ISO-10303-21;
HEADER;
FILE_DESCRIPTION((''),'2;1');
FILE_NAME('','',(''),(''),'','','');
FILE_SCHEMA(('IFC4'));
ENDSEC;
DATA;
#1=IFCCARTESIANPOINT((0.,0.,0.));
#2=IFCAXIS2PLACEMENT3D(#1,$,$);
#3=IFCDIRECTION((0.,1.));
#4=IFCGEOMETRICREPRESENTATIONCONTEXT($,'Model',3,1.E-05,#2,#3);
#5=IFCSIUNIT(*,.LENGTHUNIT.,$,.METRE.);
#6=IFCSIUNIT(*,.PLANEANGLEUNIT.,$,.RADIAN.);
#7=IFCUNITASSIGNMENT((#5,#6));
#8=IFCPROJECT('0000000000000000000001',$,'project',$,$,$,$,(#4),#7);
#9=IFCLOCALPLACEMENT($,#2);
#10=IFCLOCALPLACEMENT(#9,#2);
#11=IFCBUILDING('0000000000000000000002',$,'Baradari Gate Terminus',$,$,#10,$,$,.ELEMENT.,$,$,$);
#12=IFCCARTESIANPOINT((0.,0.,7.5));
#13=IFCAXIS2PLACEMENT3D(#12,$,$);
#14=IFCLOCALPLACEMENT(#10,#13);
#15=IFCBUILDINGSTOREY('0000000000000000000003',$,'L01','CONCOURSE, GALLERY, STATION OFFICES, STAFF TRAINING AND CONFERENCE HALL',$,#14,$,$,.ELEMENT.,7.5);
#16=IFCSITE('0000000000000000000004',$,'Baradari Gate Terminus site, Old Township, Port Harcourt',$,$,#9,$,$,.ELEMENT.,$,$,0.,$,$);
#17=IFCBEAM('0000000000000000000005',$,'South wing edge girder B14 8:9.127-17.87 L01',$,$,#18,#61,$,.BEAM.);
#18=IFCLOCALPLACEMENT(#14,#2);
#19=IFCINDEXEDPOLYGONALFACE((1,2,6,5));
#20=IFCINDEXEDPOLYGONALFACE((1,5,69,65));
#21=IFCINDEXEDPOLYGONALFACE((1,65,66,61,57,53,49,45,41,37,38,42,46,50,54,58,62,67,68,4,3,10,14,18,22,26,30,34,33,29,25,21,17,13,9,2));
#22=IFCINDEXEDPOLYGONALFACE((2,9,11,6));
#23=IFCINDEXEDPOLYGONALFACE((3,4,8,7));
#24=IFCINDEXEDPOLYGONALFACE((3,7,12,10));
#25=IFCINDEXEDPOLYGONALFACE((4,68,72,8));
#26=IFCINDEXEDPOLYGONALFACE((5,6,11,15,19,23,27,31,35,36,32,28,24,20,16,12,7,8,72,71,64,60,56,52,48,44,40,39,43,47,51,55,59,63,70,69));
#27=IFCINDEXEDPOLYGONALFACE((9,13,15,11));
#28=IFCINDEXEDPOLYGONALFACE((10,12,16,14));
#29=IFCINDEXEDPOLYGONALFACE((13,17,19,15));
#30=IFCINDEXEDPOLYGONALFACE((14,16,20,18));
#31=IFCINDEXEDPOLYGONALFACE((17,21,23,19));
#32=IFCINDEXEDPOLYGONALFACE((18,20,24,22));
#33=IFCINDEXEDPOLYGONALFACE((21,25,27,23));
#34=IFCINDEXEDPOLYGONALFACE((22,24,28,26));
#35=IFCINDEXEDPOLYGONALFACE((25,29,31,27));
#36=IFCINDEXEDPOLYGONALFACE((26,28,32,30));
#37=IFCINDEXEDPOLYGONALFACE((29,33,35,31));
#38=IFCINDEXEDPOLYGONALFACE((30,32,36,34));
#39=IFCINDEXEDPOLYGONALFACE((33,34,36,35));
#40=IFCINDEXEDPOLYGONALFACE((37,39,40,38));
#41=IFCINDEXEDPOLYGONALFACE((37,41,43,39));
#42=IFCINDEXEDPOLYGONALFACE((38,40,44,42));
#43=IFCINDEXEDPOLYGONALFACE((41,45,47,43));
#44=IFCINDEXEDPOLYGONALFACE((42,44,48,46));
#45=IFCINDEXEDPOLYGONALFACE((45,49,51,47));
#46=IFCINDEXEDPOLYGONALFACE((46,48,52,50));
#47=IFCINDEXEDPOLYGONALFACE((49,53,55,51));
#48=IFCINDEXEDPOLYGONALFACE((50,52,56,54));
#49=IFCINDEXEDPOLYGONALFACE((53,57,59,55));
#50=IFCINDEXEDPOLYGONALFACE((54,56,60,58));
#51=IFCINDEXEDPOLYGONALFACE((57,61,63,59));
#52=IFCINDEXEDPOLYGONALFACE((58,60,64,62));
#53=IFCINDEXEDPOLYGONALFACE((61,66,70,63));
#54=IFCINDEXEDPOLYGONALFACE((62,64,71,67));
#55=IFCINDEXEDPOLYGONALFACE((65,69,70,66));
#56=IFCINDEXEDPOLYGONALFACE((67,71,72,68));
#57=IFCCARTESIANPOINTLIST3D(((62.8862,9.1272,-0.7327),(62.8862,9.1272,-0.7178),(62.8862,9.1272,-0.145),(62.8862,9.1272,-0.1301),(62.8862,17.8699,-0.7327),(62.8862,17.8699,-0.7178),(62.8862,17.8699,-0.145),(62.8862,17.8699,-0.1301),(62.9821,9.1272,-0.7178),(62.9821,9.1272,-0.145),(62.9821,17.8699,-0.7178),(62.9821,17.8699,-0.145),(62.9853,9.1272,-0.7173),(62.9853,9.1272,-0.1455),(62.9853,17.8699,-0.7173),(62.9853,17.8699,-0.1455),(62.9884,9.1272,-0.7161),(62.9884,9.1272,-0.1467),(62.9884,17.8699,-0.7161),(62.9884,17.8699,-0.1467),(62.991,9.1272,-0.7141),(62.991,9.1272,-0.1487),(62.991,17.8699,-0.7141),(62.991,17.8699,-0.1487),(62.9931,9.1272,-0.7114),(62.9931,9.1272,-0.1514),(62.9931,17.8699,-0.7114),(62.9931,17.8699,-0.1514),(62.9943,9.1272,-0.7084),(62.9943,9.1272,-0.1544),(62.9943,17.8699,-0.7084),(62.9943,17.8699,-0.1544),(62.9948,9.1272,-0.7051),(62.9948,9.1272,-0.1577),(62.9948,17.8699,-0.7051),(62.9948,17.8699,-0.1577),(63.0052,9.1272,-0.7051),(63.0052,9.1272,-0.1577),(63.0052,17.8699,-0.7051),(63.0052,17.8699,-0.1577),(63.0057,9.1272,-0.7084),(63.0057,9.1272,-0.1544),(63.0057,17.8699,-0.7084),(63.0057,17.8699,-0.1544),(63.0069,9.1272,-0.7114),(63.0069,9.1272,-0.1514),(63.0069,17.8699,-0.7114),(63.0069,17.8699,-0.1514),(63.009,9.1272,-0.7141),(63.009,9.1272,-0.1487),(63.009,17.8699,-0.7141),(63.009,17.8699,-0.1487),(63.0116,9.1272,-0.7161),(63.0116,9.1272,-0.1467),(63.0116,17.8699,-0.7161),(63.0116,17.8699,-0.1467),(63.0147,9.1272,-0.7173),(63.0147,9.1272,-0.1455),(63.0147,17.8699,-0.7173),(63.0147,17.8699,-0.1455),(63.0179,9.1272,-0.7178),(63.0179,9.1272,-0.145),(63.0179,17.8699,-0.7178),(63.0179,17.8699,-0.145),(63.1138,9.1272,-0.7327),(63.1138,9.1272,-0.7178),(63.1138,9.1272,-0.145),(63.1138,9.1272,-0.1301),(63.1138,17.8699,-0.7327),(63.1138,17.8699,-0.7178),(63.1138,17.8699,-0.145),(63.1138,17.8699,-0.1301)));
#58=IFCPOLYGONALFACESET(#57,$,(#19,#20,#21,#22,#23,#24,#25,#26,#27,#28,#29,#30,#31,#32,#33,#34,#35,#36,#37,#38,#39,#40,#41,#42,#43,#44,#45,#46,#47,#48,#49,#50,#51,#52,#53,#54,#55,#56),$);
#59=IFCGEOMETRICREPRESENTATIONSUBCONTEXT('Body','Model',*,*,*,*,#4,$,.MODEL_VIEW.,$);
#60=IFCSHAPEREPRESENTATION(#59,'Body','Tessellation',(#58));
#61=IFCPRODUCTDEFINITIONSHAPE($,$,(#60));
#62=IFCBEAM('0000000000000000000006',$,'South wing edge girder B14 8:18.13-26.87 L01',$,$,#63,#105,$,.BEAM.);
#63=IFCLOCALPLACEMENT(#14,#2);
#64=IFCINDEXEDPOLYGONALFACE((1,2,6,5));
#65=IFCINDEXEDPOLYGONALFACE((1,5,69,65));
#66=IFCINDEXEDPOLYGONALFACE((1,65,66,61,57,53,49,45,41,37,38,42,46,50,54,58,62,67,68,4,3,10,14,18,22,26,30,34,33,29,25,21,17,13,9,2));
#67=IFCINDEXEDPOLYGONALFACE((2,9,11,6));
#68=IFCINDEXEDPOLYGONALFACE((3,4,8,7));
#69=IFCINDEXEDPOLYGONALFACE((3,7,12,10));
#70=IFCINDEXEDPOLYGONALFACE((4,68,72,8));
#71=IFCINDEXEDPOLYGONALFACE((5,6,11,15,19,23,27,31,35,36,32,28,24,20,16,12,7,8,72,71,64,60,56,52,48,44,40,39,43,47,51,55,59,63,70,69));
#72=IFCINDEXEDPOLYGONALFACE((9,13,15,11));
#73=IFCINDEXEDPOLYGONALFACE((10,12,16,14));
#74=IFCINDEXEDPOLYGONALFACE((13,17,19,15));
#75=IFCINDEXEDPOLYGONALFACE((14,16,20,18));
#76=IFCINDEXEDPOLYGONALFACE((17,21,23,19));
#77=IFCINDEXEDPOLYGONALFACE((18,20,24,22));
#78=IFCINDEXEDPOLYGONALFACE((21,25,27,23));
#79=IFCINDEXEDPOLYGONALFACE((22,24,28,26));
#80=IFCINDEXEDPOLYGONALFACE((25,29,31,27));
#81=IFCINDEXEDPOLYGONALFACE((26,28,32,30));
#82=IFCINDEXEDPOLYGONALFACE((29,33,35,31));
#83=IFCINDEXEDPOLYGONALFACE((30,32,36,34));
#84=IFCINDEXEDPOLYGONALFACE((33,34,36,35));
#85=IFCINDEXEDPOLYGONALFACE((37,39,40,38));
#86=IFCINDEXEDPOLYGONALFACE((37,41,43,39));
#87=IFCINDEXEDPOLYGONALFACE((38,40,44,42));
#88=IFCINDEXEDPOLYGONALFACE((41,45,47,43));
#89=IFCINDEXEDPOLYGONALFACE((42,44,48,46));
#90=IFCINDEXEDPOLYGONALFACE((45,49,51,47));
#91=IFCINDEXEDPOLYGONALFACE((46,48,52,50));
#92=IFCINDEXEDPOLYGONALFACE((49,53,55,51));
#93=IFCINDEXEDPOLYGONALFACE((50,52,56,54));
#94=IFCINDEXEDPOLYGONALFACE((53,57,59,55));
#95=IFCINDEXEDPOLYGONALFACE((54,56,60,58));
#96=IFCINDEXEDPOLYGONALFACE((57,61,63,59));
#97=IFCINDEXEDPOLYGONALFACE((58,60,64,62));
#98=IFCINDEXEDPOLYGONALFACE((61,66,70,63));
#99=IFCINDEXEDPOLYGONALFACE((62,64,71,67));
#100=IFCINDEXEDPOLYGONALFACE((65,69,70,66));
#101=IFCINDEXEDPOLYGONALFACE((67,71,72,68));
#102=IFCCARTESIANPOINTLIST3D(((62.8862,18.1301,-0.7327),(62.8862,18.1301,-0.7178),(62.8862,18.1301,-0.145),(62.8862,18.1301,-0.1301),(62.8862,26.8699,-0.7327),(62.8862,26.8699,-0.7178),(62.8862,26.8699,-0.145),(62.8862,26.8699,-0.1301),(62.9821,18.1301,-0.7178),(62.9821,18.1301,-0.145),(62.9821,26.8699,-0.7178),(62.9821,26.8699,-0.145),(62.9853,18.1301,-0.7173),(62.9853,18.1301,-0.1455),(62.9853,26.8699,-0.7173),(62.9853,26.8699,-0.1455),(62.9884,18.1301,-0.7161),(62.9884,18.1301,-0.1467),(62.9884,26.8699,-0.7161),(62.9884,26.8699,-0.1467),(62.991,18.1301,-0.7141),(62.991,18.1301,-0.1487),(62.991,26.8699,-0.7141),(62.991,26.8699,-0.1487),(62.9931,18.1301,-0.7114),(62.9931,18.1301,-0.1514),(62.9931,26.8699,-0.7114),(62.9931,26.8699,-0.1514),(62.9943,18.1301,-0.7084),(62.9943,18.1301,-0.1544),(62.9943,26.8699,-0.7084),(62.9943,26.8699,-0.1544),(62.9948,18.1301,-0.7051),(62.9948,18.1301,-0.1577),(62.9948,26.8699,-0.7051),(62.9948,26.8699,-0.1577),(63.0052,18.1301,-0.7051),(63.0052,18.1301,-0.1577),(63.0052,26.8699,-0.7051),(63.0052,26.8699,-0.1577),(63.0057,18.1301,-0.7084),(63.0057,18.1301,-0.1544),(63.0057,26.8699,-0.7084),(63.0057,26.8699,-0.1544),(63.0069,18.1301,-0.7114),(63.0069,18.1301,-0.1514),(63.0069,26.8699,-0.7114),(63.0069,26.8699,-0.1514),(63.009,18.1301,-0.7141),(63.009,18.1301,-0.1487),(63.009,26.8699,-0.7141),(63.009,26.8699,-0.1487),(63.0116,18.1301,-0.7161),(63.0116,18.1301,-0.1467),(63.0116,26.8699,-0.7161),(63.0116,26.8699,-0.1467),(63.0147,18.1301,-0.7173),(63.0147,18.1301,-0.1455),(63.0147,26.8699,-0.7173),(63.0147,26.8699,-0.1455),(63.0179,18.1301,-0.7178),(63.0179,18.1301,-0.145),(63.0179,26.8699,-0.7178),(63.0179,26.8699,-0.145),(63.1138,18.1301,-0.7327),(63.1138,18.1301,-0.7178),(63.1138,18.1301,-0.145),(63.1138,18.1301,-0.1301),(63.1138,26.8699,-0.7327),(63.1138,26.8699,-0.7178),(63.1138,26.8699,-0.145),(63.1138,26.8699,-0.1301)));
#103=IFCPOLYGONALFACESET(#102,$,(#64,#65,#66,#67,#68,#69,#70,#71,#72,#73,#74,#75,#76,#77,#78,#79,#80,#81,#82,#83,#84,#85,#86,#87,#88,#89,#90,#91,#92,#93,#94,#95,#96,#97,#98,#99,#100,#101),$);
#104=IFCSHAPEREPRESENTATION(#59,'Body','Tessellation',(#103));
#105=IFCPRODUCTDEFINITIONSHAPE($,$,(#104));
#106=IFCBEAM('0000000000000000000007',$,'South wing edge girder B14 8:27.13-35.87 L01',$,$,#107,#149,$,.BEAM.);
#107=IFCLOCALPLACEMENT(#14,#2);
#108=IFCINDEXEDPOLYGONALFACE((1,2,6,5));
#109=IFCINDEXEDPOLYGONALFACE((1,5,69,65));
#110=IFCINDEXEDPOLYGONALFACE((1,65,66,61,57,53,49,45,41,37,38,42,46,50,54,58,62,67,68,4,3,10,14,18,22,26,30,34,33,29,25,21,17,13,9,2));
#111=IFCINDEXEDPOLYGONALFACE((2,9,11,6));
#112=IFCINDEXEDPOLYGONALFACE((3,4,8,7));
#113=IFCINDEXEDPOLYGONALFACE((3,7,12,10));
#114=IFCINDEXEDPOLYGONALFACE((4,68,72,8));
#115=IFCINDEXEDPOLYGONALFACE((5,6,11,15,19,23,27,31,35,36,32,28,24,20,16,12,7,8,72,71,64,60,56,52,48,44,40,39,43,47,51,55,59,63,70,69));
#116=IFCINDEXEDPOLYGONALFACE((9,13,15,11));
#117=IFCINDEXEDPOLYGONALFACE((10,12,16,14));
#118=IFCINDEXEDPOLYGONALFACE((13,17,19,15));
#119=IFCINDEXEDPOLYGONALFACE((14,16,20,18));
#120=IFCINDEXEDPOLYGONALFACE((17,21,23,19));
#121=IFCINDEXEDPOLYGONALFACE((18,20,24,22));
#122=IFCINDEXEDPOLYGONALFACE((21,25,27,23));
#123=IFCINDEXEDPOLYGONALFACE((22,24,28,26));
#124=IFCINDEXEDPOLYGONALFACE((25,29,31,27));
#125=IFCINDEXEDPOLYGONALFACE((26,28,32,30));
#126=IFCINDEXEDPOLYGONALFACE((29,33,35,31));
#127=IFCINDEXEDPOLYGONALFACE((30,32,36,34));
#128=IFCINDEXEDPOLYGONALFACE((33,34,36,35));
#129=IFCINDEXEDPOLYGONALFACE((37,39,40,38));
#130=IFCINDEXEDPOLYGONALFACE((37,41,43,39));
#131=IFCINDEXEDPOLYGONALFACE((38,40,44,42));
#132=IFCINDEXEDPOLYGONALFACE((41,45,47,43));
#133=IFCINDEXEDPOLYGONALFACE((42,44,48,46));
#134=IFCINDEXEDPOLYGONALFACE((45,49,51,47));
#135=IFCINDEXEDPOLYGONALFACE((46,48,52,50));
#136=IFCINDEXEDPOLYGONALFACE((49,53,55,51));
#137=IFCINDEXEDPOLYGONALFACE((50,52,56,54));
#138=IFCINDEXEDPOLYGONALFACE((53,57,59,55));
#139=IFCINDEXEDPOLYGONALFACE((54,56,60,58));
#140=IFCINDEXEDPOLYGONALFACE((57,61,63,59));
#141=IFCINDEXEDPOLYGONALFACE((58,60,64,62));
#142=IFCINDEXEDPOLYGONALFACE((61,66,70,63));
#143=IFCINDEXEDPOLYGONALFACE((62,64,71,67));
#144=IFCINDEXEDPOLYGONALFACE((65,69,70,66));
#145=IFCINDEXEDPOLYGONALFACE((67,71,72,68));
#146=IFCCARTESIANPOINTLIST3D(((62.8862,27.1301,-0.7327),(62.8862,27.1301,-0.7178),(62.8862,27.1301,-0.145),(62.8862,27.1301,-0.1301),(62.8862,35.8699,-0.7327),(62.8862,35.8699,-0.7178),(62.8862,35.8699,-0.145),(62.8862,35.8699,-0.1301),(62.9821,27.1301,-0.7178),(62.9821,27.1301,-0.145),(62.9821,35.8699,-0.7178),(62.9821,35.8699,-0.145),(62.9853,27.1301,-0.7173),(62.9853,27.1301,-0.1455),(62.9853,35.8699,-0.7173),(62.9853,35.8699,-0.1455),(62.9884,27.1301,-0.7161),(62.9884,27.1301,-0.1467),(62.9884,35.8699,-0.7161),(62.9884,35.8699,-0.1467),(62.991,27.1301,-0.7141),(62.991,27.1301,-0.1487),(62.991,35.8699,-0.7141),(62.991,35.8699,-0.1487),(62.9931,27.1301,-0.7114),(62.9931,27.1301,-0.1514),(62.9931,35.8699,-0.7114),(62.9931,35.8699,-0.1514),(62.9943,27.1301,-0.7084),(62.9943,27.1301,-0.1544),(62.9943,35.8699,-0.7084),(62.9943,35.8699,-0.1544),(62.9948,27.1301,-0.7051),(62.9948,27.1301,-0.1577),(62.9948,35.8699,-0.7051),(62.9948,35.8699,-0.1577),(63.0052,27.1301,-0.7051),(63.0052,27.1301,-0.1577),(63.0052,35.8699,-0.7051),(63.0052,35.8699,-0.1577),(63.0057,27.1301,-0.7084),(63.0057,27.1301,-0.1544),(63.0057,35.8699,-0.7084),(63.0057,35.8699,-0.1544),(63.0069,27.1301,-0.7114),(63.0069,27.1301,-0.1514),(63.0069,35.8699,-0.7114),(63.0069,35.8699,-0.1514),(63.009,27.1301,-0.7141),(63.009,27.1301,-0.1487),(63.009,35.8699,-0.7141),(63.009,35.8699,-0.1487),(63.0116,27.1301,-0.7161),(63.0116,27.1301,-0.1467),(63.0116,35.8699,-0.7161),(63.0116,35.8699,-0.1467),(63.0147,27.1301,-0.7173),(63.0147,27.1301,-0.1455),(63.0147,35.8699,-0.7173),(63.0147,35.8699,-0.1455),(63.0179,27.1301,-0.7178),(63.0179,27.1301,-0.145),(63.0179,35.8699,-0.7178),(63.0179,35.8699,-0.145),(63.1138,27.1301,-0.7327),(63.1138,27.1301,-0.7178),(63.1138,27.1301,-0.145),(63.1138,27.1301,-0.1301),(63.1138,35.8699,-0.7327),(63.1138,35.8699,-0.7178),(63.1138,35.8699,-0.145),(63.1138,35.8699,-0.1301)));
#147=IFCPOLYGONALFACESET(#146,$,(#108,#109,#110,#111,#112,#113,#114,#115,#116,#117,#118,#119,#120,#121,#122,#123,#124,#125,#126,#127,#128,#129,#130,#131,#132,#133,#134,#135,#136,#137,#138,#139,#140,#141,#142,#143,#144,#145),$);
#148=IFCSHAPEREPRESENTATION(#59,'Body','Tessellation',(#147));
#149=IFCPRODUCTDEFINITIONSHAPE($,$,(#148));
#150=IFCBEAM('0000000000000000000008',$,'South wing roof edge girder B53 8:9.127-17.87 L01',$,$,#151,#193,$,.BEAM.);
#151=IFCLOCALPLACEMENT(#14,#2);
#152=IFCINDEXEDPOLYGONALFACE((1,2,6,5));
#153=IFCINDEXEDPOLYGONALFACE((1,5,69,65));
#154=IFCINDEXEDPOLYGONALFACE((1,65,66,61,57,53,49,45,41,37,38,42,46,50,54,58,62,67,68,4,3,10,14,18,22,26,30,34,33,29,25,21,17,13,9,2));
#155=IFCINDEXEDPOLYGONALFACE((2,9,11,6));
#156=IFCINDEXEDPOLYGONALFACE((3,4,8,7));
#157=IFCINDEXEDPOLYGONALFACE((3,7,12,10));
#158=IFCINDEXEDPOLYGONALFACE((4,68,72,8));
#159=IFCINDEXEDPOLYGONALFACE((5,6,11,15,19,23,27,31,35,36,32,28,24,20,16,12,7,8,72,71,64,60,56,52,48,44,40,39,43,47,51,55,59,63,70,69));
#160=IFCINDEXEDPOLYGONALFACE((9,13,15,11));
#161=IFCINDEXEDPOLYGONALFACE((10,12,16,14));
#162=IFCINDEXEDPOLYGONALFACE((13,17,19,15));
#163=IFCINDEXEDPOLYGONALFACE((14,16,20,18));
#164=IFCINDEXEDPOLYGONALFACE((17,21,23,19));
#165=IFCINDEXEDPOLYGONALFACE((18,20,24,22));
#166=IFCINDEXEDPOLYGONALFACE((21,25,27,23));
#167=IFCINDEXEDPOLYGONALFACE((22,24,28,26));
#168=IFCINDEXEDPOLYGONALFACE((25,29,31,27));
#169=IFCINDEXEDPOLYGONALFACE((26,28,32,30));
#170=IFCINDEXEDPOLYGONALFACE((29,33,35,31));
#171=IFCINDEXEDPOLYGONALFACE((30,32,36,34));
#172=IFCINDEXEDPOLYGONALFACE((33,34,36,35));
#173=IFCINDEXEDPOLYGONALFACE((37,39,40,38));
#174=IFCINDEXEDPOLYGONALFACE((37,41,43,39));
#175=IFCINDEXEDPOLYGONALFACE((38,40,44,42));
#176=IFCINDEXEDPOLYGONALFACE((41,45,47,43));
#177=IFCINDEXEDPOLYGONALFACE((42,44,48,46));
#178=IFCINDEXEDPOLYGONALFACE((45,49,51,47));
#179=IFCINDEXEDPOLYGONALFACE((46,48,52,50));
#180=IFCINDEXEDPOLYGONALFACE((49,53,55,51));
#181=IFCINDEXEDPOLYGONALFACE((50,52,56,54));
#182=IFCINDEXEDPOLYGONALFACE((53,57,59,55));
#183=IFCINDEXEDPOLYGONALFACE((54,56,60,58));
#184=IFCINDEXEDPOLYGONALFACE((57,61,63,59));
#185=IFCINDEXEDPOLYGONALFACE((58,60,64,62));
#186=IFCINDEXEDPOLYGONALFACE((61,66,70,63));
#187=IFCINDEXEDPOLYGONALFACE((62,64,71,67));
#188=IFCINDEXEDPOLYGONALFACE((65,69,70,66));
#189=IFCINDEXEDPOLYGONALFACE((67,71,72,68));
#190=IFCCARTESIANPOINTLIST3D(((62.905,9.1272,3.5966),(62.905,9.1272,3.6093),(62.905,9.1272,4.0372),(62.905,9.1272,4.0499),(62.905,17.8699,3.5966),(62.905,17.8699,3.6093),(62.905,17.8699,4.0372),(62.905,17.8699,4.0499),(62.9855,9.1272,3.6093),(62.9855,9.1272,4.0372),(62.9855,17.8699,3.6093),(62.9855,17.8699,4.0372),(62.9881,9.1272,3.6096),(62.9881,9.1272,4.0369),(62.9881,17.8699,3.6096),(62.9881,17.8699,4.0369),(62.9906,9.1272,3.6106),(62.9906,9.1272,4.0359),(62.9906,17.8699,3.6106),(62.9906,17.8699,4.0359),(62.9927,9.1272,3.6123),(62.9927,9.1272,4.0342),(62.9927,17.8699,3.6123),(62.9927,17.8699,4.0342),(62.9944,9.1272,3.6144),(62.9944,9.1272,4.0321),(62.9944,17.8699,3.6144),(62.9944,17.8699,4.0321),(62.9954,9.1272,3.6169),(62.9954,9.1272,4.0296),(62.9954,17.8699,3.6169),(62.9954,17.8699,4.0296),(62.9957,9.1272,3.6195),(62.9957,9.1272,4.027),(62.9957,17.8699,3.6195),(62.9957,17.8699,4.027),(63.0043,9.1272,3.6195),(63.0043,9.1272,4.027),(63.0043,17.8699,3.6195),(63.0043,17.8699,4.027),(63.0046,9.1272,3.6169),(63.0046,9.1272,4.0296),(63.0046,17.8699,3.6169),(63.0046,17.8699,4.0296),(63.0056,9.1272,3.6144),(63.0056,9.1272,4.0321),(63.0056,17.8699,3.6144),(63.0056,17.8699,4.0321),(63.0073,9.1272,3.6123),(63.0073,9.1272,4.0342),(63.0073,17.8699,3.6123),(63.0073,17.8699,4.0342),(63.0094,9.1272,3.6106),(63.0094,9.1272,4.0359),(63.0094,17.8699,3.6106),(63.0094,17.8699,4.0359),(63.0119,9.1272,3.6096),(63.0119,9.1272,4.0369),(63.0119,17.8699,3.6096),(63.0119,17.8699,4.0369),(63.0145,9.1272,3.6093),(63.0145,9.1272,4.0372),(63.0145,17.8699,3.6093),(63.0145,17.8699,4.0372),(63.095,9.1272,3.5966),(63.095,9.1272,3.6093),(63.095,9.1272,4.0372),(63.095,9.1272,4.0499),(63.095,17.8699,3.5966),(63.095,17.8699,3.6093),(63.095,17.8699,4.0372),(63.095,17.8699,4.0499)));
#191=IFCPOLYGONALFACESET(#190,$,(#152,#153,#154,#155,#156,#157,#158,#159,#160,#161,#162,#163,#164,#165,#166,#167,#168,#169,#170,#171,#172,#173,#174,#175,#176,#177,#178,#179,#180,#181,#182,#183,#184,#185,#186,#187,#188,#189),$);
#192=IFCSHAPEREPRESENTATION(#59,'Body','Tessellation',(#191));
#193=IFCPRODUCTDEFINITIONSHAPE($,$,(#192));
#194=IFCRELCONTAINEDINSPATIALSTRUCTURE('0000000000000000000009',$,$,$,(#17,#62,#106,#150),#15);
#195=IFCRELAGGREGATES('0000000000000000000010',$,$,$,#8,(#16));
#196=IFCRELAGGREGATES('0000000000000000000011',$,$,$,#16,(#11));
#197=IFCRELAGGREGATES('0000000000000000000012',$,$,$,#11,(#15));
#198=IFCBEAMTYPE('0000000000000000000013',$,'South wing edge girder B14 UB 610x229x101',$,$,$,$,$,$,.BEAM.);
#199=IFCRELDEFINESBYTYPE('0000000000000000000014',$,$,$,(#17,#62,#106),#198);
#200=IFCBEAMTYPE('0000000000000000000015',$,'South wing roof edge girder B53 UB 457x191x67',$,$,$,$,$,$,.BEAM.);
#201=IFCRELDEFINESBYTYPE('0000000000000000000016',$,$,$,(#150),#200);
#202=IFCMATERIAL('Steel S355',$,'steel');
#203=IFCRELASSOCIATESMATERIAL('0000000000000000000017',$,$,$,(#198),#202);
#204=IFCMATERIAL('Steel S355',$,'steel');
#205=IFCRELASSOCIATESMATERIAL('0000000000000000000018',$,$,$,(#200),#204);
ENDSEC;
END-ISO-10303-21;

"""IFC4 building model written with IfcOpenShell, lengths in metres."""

from ifc_helpers import new_model, si_unit, direction, frame, origin, origin_2d, place, context, subcontext, project, spatial, i_section, extrude, material, material_profile, profile_set, type_object, element, save


model = new_model("IFC4")

# Units and contexts
model_context = context("Model", 3, precision=1e-05, world=origin(), true_north=direction((0.0, 1.0)))
body_context = subcontext(model_context, "Body", "Model", "MODEL_VIEW")
ifc_project = project(units=[si_unit("LENGTHUNIT", "METRE"), si_unit("PLANEANGLEUNIT", "RADIAN")], contexts=[model_context])

# Site, building, storey
site_placement = place(None, origin())
site = spatial("IfcSite", under=ifc_project, at=site_placement, Name="Baradari Gate Terminus site, Old Township, Port Harcourt", CompositionType="ELEMENT", RefElevation=0.0)
building_placement = place(site_placement, origin())
building = spatial("IfcBuilding", under=site, at=building_placement, Name="Baradari Gate Terminus", CompositionType="ELEMENT")
storey_placement = place(building_placement, frame((0.0, 0.0, 7.5)))
storey = spatial("IfcBuildingStorey", under=building, at=storey_placement, Name="L01", Description="CONCOURSE, GALLERY, STATION OFFICES, STAFF TRAINING AND CONFERENCE HALL", CompositionType="ELEMENT", Elevation=7.5)

# Beams
ifc_material_1 = material(Name="Steel S355", Category="steel")
ifc_material_profile_1 = material_profile(ifc_material_1, i_section(OverallWidth=0.2275, OverallDepth=0.6025, WebThickness=0.0105, FlangeThickness=0.0149, FilletRadius=0.0127, at=origin_2d()), Name="UB 610x229x101")
ifc_profile_set_1 = profile_set([ifc_material_profile_1], Name="Steel S355")
beam_type_1 = type_object("IfcBeamType", Name="South wing edge girder B14 UB 610x229x101", PredefinedType="BEAM", material=ifc_profile_set_1)
beam_1_placement = place(storey_placement, frame((63.0, 9.1272, -0.4314), z_axis=(0.0, 1.0, 0.0), x_axis=(-1.0, 0.0, 0.0)))
element("IfcBeam", 1, at=beam_1_placement, inside=storey, type_object=beam_type_1, Name="South wing edge girder B14 8:9.127-17.87 L01", PredefinedType="BEAM", context=body_context, shape_type="SweptSolid", body=[
    extrude(i_section(OverallWidth=0.2275, OverallDepth=0.6025, WebThickness=0.0105, FlangeThickness=0.0149, FilletRadius=0.0127, at=origin_2d()), origin(), (0.0, 0.0, 1.0), 8.7427),
])
for number, where, z_axis, x_axis, name in (
    (2, (63.0, 18.1301, -0.4314), (0.0, 1.0, 0.0), (-1.0, 0.0, 0.0), "South wing edge girder B14 8:18.13-26.87 L01"),
    (3, (63.0, 27.1301, -0.4314), (0.0, 1.0, 0.0), (-1.0, 0.0, 0.0), "South wing edge girder B14 8:27.13-35.87 L01"),
):
    element("IfcBeam", number, at=place(storey_placement, frame(where, z_axis=z_axis, x_axis=x_axis)), inside=storey, type_object=beam_type_1, Name=name, PredefinedType="BEAM", context=body_context, shape_type="SweptSolid", body=[
        extrude(i_section(OverallWidth=0.2275, OverallDepth=0.6025, WebThickness=0.0105, FlangeThickness=0.0149, FilletRadius=0.0127, at=origin_2d()), origin(), (0.0, 0.0, 1.0), 8.7397),
    ])
ifc_material_2 = material(Name="Steel S355", Category="steel")
ifc_material_profile_2 = material_profile(ifc_material_2, i_section(OverallWidth=0.1899, OverallDepth=0.4534, WebThickness=0.0085, FlangeThickness=0.0127, FilletRadius=0.0103, at=origin_2d()), Name="UB 457x191x67")
ifc_profile_set_2 = profile_set([ifc_material_profile_2], Name="Steel S355")
beam_type_2 = type_object("IfcBeamType", Name="South wing roof edge girder B53 UB 457x191x67", PredefinedType="BEAM", material=ifc_profile_set_2)
beam_2_placement = place(storey_placement, frame((63.0, 9.1272, 3.8232), z_axis=(0.0, 1.0, 0.0), x_axis=(-1.0, 0.0, 0.0)))
element("IfcBeam", 4, at=beam_2_placement, inside=storey, type_object=beam_type_2, Name="South wing roof edge girder B53 8:9.127-17.87 L01", PredefinedType="BEAM", context=body_context, shape_type="SweptSolid", body=[
    extrude(i_section(OverallWidth=0.1899, OverallDepth=0.4534, WebThickness=0.0085, FlangeThickness=0.0127, FilletRadius=0.0103, at=origin_2d()), origin(), (0.0, 0.0, 1.0), 8.7427),
])

save(model, "model.ifc")
